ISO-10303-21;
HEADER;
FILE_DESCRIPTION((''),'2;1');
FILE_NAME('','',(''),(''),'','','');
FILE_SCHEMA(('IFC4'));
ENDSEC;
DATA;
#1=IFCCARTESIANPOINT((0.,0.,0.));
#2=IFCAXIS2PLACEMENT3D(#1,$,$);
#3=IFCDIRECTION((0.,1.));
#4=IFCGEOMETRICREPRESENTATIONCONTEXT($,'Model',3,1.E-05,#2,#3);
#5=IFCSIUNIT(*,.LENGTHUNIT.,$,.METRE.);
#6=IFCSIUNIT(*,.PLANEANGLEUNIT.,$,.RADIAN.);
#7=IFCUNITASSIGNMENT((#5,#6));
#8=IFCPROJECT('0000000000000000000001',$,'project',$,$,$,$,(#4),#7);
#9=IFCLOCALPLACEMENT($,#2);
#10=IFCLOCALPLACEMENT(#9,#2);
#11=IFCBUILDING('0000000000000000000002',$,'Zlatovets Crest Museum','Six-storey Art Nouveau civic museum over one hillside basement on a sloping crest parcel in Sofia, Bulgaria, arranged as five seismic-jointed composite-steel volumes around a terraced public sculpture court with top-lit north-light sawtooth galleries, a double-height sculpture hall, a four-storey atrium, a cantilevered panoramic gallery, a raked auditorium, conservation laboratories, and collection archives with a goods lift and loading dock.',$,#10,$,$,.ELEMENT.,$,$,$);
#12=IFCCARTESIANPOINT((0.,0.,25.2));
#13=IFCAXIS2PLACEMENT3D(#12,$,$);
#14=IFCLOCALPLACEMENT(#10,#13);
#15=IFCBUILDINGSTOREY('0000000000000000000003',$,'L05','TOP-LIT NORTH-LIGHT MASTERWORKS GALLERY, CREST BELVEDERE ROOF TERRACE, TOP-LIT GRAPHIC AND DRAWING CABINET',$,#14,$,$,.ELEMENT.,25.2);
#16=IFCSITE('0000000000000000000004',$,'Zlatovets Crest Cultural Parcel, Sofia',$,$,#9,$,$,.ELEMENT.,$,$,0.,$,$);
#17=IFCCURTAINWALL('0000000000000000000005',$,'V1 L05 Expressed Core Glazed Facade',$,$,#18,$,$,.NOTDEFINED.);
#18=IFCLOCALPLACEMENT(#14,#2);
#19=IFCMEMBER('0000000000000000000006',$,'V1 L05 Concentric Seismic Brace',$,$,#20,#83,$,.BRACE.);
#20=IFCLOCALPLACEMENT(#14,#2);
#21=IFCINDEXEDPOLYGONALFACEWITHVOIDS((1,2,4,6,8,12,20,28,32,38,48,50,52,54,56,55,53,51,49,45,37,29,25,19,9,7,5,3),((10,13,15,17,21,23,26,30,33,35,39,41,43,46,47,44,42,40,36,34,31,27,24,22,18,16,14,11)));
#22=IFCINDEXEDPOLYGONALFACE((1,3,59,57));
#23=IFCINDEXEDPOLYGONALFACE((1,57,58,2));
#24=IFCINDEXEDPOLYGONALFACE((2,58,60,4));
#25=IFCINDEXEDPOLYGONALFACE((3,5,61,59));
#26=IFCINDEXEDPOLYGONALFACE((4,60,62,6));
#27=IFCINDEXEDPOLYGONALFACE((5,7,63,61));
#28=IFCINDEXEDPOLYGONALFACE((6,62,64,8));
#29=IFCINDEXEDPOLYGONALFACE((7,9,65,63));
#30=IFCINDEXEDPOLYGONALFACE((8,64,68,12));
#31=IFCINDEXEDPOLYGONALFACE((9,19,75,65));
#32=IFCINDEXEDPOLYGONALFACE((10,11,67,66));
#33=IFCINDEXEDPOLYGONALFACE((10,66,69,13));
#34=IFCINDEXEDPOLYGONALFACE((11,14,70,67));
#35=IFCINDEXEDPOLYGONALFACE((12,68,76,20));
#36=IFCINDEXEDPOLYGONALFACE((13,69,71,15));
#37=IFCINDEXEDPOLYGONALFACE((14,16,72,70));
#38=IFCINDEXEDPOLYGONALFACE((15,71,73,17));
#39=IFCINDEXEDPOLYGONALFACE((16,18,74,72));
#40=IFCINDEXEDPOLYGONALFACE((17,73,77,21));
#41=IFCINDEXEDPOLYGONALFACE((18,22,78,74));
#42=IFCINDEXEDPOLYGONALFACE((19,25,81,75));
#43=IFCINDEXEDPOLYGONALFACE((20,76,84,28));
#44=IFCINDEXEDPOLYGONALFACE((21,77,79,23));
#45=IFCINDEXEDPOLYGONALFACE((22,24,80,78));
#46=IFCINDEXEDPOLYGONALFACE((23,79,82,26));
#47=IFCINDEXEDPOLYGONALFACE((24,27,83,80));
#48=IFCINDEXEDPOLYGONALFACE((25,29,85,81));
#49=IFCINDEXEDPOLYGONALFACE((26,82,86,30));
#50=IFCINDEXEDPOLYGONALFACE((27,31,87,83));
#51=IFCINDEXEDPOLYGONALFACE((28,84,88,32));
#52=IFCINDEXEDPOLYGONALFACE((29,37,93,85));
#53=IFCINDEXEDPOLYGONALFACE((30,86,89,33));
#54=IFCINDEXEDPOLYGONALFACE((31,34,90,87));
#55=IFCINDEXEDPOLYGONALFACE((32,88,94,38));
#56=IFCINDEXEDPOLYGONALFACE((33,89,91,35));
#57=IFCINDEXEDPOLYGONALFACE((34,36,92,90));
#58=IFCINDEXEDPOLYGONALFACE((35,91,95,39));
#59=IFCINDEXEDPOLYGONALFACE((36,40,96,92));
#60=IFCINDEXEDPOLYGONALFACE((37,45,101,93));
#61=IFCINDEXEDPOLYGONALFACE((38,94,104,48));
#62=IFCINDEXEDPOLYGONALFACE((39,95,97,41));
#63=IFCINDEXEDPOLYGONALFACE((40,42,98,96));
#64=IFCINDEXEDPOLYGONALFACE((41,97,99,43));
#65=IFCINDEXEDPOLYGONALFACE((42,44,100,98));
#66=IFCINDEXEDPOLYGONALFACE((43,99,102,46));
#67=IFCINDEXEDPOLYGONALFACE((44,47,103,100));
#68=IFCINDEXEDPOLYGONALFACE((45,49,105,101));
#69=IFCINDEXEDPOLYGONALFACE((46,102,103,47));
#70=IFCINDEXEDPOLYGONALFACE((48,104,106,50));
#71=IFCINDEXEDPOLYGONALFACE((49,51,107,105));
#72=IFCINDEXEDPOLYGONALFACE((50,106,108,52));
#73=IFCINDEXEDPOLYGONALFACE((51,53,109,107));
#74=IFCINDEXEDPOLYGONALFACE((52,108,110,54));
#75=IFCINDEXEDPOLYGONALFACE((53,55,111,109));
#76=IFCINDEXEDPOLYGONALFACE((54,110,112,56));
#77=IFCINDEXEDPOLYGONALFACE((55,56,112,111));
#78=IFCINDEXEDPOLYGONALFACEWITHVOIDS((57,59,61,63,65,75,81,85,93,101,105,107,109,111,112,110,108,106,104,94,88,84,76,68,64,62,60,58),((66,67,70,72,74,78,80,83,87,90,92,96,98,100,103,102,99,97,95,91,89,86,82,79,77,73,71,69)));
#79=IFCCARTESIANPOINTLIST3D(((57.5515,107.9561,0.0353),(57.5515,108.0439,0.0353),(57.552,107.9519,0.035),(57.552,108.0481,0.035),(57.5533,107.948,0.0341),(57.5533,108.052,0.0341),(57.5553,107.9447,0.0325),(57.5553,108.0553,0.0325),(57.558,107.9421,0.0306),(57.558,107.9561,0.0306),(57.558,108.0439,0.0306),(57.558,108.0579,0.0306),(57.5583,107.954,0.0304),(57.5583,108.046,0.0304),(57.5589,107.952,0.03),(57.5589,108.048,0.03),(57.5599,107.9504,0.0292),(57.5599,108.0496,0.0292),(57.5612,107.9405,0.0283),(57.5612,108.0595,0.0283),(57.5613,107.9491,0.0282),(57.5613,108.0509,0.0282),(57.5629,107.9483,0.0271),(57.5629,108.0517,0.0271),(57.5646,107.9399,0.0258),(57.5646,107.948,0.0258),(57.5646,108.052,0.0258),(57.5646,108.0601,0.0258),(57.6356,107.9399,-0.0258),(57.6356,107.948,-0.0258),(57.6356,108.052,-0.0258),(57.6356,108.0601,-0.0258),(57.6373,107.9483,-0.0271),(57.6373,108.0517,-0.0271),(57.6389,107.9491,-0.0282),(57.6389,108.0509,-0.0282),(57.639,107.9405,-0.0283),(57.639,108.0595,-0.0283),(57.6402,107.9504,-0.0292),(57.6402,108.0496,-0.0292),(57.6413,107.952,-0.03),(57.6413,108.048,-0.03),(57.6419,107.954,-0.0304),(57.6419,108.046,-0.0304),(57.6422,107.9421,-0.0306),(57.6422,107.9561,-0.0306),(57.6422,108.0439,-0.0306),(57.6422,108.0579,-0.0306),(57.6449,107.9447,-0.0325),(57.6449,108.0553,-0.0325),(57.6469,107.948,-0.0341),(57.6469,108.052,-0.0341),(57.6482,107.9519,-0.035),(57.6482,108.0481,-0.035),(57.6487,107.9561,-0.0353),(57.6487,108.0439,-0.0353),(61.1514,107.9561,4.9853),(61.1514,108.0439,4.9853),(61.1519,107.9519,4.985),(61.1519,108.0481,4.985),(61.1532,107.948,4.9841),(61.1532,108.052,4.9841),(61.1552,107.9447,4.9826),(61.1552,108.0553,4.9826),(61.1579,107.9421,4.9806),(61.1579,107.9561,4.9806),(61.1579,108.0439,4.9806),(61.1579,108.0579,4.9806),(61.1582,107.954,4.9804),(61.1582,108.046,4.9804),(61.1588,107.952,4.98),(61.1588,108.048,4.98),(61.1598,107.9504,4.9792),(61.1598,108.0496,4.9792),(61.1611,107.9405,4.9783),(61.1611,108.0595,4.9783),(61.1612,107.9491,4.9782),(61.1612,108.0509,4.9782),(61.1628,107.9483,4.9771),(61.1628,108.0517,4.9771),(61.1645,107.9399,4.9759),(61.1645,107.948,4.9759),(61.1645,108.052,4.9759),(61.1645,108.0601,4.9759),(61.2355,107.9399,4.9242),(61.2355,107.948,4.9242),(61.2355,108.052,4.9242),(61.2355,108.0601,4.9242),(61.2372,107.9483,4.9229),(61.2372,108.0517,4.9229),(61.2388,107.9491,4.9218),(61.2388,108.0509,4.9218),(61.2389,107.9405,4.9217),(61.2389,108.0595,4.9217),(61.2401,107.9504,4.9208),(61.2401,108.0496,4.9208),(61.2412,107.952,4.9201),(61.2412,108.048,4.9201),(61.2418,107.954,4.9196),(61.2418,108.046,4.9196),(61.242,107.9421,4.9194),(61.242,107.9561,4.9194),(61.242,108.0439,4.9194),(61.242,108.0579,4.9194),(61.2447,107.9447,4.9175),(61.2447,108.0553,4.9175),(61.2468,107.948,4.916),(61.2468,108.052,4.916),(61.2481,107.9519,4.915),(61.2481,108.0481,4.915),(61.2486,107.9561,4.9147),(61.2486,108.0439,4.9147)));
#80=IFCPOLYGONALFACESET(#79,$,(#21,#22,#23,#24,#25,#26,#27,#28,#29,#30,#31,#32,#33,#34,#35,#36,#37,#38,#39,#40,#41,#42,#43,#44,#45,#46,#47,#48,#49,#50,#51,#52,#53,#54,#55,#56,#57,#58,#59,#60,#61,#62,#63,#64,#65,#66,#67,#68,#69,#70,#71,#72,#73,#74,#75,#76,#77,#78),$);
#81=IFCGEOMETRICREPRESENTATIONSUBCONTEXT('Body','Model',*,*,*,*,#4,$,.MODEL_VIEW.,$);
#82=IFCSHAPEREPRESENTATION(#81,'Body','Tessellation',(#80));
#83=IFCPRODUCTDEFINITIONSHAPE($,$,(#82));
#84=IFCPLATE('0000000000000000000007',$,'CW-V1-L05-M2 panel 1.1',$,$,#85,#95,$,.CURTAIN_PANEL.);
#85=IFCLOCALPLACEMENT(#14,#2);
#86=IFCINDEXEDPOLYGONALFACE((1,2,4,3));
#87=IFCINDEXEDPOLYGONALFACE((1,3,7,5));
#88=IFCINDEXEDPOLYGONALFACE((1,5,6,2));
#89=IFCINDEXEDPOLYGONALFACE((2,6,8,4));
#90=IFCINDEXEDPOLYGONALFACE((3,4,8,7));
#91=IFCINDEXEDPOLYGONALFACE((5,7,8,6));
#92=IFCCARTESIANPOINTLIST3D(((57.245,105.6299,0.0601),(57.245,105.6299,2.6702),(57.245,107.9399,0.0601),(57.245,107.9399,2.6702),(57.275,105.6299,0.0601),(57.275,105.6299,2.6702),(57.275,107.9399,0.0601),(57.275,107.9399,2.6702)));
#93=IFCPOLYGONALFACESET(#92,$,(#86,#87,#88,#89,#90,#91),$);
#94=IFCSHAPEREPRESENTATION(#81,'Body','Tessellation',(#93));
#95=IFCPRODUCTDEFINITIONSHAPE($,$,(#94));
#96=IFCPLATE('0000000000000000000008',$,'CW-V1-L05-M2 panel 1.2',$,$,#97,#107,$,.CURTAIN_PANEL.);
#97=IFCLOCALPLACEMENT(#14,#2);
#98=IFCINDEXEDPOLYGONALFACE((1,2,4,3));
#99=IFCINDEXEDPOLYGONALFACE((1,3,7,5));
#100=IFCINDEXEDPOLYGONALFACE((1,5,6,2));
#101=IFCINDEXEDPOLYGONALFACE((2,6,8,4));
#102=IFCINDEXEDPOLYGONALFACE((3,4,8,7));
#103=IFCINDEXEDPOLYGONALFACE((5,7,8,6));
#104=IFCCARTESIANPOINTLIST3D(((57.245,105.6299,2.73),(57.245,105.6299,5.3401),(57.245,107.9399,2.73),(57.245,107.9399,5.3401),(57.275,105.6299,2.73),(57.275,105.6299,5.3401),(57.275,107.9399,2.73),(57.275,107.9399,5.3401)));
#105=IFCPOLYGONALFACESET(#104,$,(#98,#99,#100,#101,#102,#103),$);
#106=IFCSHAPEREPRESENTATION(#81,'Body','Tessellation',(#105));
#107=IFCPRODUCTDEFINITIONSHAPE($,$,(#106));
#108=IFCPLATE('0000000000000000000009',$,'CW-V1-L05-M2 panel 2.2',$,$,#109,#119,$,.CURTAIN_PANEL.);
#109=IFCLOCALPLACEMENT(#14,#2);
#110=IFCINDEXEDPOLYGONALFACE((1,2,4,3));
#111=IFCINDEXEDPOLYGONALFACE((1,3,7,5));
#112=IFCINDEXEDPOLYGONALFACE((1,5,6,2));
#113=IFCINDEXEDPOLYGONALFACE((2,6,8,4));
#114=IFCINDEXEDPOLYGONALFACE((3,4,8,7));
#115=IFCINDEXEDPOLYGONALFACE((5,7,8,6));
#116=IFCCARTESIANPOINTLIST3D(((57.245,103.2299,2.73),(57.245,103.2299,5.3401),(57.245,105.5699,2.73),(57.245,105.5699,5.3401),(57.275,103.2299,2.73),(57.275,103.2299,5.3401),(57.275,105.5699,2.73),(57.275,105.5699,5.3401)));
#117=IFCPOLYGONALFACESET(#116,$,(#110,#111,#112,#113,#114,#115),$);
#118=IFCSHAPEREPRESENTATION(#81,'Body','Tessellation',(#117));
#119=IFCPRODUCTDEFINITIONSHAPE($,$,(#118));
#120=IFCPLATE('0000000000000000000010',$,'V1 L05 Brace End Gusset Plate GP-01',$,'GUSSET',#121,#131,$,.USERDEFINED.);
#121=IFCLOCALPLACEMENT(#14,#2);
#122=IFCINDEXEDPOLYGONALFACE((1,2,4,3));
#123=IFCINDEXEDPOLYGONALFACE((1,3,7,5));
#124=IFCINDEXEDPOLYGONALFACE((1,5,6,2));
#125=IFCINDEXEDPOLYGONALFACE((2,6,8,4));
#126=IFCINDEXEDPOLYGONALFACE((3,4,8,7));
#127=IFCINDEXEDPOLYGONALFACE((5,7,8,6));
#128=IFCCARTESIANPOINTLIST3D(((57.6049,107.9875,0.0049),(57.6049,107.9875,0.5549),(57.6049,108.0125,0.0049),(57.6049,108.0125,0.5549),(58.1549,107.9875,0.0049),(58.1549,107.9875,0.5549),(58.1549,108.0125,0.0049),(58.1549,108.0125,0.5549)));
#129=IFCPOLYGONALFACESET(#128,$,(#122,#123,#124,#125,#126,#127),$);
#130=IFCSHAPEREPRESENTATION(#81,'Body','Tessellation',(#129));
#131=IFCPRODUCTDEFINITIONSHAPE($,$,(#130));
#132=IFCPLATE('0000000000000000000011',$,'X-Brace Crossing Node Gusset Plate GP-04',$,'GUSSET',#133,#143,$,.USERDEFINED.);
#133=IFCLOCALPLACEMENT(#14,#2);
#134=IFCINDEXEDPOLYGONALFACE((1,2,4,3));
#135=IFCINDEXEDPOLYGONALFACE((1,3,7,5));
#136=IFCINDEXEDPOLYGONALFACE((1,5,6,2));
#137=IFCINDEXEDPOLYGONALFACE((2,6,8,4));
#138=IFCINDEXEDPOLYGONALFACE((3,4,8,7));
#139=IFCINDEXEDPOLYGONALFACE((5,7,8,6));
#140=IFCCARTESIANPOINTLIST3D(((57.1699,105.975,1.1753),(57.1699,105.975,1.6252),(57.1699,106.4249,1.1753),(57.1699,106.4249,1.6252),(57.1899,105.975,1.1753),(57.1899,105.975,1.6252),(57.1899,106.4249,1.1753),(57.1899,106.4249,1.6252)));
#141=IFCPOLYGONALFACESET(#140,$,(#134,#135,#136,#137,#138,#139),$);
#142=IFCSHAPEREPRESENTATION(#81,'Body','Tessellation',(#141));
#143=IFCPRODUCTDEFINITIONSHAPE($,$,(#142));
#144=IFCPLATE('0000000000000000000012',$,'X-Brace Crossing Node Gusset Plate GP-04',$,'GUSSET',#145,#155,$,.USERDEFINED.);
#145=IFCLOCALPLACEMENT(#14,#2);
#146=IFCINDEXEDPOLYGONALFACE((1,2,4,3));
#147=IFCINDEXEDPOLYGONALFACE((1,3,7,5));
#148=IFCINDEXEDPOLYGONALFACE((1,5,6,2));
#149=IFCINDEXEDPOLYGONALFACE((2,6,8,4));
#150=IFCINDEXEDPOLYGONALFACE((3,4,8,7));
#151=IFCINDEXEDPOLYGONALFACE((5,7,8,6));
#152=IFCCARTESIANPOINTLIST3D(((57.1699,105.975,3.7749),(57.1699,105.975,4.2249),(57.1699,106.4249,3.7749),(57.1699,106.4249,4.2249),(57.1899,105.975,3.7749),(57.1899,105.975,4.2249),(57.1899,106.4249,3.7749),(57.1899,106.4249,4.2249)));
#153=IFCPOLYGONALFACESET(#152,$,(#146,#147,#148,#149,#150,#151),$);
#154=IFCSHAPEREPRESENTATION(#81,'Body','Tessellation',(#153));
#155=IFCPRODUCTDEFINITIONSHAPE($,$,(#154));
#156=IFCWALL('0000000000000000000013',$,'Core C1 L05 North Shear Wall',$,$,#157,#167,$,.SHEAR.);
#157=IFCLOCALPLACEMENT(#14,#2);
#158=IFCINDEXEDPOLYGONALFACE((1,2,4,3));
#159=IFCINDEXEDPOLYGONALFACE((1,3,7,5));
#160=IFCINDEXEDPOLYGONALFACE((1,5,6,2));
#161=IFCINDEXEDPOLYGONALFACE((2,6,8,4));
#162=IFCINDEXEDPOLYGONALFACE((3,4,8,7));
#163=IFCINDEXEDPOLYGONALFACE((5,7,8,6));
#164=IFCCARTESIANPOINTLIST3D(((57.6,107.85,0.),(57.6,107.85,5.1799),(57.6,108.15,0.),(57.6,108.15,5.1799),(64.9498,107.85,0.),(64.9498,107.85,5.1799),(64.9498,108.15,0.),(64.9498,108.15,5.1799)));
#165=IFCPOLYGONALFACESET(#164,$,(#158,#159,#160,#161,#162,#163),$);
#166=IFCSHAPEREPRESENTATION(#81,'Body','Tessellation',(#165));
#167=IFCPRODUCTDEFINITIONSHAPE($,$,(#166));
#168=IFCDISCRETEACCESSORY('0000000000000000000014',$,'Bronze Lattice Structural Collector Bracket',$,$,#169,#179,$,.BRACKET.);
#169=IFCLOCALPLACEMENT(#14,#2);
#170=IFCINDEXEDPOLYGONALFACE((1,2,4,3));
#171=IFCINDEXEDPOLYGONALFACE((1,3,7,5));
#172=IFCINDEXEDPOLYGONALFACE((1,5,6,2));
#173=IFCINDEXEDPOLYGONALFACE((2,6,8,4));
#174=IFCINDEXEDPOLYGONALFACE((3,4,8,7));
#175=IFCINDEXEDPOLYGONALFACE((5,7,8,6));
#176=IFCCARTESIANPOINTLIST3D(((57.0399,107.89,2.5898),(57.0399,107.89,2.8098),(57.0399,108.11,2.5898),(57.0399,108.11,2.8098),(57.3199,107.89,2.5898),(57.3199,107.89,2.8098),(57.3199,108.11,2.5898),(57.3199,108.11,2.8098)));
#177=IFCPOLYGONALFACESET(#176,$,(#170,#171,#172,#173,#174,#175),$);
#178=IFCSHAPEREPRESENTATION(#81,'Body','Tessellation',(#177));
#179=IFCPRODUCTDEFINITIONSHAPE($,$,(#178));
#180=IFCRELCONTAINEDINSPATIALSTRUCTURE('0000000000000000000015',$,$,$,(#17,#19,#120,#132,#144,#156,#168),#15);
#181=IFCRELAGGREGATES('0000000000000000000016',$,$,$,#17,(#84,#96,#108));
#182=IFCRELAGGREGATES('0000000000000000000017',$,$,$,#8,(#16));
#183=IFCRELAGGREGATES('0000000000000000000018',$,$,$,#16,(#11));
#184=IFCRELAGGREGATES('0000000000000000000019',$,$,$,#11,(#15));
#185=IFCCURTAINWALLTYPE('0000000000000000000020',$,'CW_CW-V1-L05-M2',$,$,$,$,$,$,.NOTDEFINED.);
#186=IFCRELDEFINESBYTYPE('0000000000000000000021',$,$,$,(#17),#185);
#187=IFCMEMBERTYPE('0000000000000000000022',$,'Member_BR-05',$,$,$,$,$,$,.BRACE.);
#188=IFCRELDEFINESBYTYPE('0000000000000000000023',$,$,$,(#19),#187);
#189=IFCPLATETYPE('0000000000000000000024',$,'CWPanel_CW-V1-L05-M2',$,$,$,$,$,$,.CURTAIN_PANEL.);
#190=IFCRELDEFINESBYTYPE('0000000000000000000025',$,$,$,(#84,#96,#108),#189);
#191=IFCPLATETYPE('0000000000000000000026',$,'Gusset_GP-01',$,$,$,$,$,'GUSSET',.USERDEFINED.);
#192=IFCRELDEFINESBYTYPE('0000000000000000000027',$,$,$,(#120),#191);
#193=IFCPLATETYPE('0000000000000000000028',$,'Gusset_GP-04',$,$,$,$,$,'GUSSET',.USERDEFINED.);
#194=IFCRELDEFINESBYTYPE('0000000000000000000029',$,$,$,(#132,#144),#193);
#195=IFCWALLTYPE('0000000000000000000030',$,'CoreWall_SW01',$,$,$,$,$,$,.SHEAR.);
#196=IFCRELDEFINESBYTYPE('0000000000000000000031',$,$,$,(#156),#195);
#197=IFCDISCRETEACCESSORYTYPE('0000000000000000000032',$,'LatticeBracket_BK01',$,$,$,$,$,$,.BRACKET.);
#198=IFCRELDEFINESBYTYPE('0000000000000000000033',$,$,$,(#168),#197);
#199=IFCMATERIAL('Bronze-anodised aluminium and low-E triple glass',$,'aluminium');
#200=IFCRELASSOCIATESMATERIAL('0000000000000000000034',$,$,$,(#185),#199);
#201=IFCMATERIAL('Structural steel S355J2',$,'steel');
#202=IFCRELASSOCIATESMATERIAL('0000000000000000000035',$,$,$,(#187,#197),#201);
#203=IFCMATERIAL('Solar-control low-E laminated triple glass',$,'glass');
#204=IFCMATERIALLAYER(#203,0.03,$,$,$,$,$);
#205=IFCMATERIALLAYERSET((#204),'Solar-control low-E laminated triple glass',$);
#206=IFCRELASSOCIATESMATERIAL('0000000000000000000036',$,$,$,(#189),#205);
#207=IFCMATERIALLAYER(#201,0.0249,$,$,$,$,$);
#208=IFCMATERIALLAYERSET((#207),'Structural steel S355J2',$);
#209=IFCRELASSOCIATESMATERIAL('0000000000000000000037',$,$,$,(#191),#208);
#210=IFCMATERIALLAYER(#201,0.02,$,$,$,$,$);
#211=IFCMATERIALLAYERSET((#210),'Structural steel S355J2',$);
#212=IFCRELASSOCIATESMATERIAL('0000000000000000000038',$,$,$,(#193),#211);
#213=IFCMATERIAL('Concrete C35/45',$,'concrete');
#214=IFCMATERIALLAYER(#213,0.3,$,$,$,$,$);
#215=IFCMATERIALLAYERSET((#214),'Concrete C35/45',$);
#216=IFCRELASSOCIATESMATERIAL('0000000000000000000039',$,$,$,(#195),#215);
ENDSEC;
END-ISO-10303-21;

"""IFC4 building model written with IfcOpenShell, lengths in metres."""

from ifc_helpers import new_model, si_unit, direction, frame, frame_2d, origin, origin_2d, place, context, subcontext, project, spatial, rectangle, hollow_rectangle, extrude, material, layer, layer_set, material_profile, profile_set, type_object, element, aggregate, save


model = new_model("IFC4")

# Units and contexts
model_context = context("Model", 3, precision=1e-05, world=origin(), true_north=direction((0.0, 1.0)))
body_context = subcontext(model_context, "Body", "Model", "MODEL_VIEW")
ifc_project = project(units=[si_unit("LENGTHUNIT", "METRE"), si_unit("PLANEANGLEUNIT", "RADIAN")], contexts=[model_context])

# Site, building, storey
site_placement = place(None, origin())
site = spatial("IfcSite", under=ifc_project, at=site_placement, Name="Zlatovets Crest Cultural Parcel, Sofia", CompositionType="ELEMENT", RefElevation=0.0)
building_placement = place(site_placement, origin())
building = spatial("IfcBuilding", under=site, at=building_placement, Name="Zlatovets Crest Museum", Description="Six-storey Art Nouveau civic museum over one hillside basement on a sloping crest parcel in Sofia, Bulgaria, arranged as five seismic-jointed composite-steel volumes around a terraced public sculpture court with top-lit north-light sawtooth galleries, a double-height sculpture hall, a four-storey atrium, a cantilevered panoramic gallery, a raked auditorium, conservation laboratories, and collection archives with a goods lift and loading dock.", CompositionType="ELEMENT")
storey_placement = place(building_placement, frame((0.0, 0.0, 25.2)))
storey = spatial("IfcBuildingStorey", under=building, at=storey_placement, Name="L05", Description="TOP-LIT NORTH-LIGHT MASTERWORKS GALLERY, CREST BELVEDERE ROOF TERRACE, TOP-LIT GRAPHIC AND DRAWING CABINET", CompositionType="ELEMENT", Elevation=25.2)

# Shared definitions
ifc_material_1 = material(Name="Structural steel S355J2", Category="steel")

# Curtain wall
ifc_material_2 = material(Name="Bronze-anodised aluminium and low-E triple glass", Category="aluminium")
curtain_wall_type = type_object("IfcCurtainWallType", Name="CW_CW-V1-L05-M2", PredefinedType="NOTDEFINED", material=ifc_material_2)
curtain_wall_placement = place(storey_placement, origin())
curtain_wall = element("IfcCurtainWall", 1, at=curtain_wall_placement, inside=storey, type_object=curtain_wall_type, Name="V1 L05 Expressed Core Glazed Facade", PredefinedType="NOTDEFINED")

# Member
ifc_material_profile_1 = material_profile(ifc_material_1, hollow_rectangle(XDim=0.1201, YDim=0.1201, WallThickness=0.0081, InnerFilletRadius=0.0081, OuterFilletRadius=0.0161, at=origin_2d()), Name="SHS 120x120x8.0")
ifc_profile_set_1 = profile_set([ifc_material_profile_1], Name="Structural steel S355J2")
member_type_1 = type_object("IfcMemberType", Name="Member_BR-05", PredefinedType="BRACE", material=ifc_profile_set_1)
member_1_placement = place(storey_placement, frame((57.6001, 108.0, 0.0), z_axis=(0.58816, 0.0, 0.808745), x_axis=(0.0, 1.0, 0.0)))
element("IfcMember", 2, at=member_1_placement, inside=storey, type_object=member_type_1, Name="V1 L05 Concentric Seismic Brace", PredefinedType="BRACE", context=body_context, shape_type="SweptSolid", body=[
    extrude(hollow_rectangle(XDim=0.1201, YDim=0.1201, WallThickness=0.0081, InnerFilletRadius=0.0081, OuterFilletRadius=0.0161, at=origin_2d()), origin(), (0.0, 0.0, 1.0), 6.1206),
])

# Plates
ifc_material_3 = material(Name="Solar-control low-E laminated triple glass", Category="glass")
ifc_layer_1 = layer(ifc_material_3, 0.03)
ifc_layer_set_1 = layer_set([ifc_layer_1], Name="Solar-control low-E laminated triple glass")
plate_type_1 = type_object("IfcPlateType", Name="CWPanel_CW-V1-L05-M2", PredefinedType="CURTAIN_PANEL", material=ifc_layer_set_1)
plate_1_placement = place(storey_placement, frame((57.26, 106.7849, 0.0601), z_axis=(0.0, 0.0, 1.0), x_axis=(0.0, -1.0, 0.0)))
plate_1 = element("IfcPlate", 3, at=plate_1_placement, type_object=plate_type_1, Name="CW-V1-L05-M2 panel 1.1", PredefinedType="CURTAIN_PANEL", context=body_context, shape_type="SweptSolid", body=[
    extrude(rectangle(XDim=2.3101, YDim=0.03, at=origin_2d()), origin(), (0.0, 0.0, 1.0), 2.6101),
])
plate_2_placement = place(storey_placement, frame((57.26, 106.7849, 2.73), z_axis=(0.0, 0.0, 1.0), x_axis=(0.0, -1.0, 0.0)))
plate_2 = element("IfcPlate", 4, at=plate_2_placement, type_object=plate_type_1, Name="CW-V1-L05-M2 panel 1.2", PredefinedType="CURTAIN_PANEL", context=body_context, shape_type="SweptSolid", body=[
    extrude(rectangle(XDim=2.3101, YDim=0.03, at=origin_2d()), origin(), (0.0, 0.0, 1.0), 2.6101),
])
plate_3_placement = place(storey_placement, frame((57.26, 104.3999, 2.73), z_axis=(0.0, 0.0, 1.0), x_axis=(0.0, -1.0, 0.0)))
plate_3 = element("IfcPlate", 5, at=plate_3_placement, type_object=plate_type_1, Name="CW-V1-L05-M2 panel 2.2", PredefinedType="CURTAIN_PANEL", context=body_context, shape_type="SweptSolid", body=[
    extrude(rectangle(XDim=2.3401, YDim=0.03, at=origin_2d()), origin(), (0.0, 0.0, 1.0), 2.6101),
])
aggregate(curtain_wall, [plate_1, plate_2, plate_3])

# Plates
ifc_layer_2 = layer(ifc_material_1, 0.0249)
ifc_layer_set_2 = layer_set([ifc_layer_2], Name="Structural steel S355J2")
plate_type_2 = type_object("IfcPlateType", Name="Gusset_GP-01", ElementType="GUSSET", PredefinedType="USERDEFINED", material=ifc_layer_set_2)
plate_4_placement = place(storey_placement, frame((57.8799, 108.0, 0.0049), z_axis=(0.0, 0.0, 1.0), x_axis=(1.0, 0.0, 0.0)))
element("IfcPlate", 6, at=plate_4_placement, inside=storey, type_object=plate_type_2, Name="V1 L05 Brace End Gusset Plate GP-01", ObjectType="GUSSET", PredefinedType="USERDEFINED", context=body_context, shape_type="SweptSolid", body=[
    extrude(rectangle(XDim=0.55, YDim=0.0249, at=origin_2d()), origin(), (0.0, 0.0, 1.0), 0.55),
])
ifc_layer_3 = layer(ifc_material_1, 0.02)
ifc_layer_set_3 = layer_set([ifc_layer_3], Name="Structural steel S355J2")
plate_type_3 = type_object("IfcPlateType", Name="Gusset_GP-04", ElementType="GUSSET", PredefinedType="USERDEFINED", material=ifc_layer_set_3)
for number, where, z_axis, x_axis, name in (
    (7, (57.1799, 106.2, 1.1753), (0.0, 0.0, 1.0), (1.0, 0.0, 0.0), "X-Brace Crossing Node Gusset Plate GP-04"),
    (8, (57.1799, 106.2, 3.7749), (0.0, 0.0, 1.0), (1.0, 0.0, 0.0), "X-Brace Crossing Node Gusset Plate GP-04"),
):
    element("IfcPlate", number, at=place(storey_placement, frame(where, z_axis=z_axis, x_axis=x_axis)), inside=storey, type_object=plate_type_3, Name=name, ObjectType="GUSSET", PredefinedType="USERDEFINED", context=body_context, shape_type="SweptSolid", body=[
        extrude(rectangle(XDim=0.02, YDim=0.45, at=origin_2d()), origin(), (0.0, 0.0, 1.0), 0.45),
    ])

# Wall
ifc_material_4 = material(Name="Concrete C35/45", Category="concrete")
ifc_layer_4 = layer(ifc_material_4, 0.3)
ifc_layer_set_4 = layer_set([ifc_layer_4], Name="Concrete C35/45")
wall_type = type_object("IfcWallType", Name="CoreWall_SW01", PredefinedType="SHEAR", material=ifc_layer_set_4)
wall_placement = place(storey_placement, frame((57.6001, 108.0, 0.0), z_axis=(0.0, 0.0, 1.0), x_axis=(1.0, 0.0, 0.0)))
element("IfcWall", 9, at=wall_placement, inside=storey, type_object=wall_type, Name="Core C1 L05 North Shear Wall", PredefinedType="SHEAR", context=body_context, shape_type="SweptSolid", body=[
    extrude(rectangle(XDim=7.3499, YDim=0.3, at=frame_2d((3.6748, 0.0))), origin(), (0.0, 0.0, 1.0), 5.1799),
])

# Discrete accessory
discrete_accessory_type = type_object("IfcDiscreteAccessoryType", Name="LatticeBracket_BK01", PredefinedType="BRACKET", material=ifc_material_1)
discrete_accessory_placement = place(storey_placement, frame((57.1799, 108.0, 2.5898), z_axis=(0.0, 0.0, 1.0), x_axis=(1.0, 0.0, 0.0)))
element("IfcDiscreteAccessory", 10, at=discrete_accessory_placement, inside=storey, type_object=discrete_accessory_type, Name="Bronze Lattice Structural Collector Bracket", PredefinedType="BRACKET", context=body_context, shape_type="SweptSolid", body=[
    extrude(rectangle(XDim=0.28, YDim=0.22, at=origin_2d()), origin(), (0.0, 0.0, 1.0), 0.22),
])

save(model, "model.ifc")
